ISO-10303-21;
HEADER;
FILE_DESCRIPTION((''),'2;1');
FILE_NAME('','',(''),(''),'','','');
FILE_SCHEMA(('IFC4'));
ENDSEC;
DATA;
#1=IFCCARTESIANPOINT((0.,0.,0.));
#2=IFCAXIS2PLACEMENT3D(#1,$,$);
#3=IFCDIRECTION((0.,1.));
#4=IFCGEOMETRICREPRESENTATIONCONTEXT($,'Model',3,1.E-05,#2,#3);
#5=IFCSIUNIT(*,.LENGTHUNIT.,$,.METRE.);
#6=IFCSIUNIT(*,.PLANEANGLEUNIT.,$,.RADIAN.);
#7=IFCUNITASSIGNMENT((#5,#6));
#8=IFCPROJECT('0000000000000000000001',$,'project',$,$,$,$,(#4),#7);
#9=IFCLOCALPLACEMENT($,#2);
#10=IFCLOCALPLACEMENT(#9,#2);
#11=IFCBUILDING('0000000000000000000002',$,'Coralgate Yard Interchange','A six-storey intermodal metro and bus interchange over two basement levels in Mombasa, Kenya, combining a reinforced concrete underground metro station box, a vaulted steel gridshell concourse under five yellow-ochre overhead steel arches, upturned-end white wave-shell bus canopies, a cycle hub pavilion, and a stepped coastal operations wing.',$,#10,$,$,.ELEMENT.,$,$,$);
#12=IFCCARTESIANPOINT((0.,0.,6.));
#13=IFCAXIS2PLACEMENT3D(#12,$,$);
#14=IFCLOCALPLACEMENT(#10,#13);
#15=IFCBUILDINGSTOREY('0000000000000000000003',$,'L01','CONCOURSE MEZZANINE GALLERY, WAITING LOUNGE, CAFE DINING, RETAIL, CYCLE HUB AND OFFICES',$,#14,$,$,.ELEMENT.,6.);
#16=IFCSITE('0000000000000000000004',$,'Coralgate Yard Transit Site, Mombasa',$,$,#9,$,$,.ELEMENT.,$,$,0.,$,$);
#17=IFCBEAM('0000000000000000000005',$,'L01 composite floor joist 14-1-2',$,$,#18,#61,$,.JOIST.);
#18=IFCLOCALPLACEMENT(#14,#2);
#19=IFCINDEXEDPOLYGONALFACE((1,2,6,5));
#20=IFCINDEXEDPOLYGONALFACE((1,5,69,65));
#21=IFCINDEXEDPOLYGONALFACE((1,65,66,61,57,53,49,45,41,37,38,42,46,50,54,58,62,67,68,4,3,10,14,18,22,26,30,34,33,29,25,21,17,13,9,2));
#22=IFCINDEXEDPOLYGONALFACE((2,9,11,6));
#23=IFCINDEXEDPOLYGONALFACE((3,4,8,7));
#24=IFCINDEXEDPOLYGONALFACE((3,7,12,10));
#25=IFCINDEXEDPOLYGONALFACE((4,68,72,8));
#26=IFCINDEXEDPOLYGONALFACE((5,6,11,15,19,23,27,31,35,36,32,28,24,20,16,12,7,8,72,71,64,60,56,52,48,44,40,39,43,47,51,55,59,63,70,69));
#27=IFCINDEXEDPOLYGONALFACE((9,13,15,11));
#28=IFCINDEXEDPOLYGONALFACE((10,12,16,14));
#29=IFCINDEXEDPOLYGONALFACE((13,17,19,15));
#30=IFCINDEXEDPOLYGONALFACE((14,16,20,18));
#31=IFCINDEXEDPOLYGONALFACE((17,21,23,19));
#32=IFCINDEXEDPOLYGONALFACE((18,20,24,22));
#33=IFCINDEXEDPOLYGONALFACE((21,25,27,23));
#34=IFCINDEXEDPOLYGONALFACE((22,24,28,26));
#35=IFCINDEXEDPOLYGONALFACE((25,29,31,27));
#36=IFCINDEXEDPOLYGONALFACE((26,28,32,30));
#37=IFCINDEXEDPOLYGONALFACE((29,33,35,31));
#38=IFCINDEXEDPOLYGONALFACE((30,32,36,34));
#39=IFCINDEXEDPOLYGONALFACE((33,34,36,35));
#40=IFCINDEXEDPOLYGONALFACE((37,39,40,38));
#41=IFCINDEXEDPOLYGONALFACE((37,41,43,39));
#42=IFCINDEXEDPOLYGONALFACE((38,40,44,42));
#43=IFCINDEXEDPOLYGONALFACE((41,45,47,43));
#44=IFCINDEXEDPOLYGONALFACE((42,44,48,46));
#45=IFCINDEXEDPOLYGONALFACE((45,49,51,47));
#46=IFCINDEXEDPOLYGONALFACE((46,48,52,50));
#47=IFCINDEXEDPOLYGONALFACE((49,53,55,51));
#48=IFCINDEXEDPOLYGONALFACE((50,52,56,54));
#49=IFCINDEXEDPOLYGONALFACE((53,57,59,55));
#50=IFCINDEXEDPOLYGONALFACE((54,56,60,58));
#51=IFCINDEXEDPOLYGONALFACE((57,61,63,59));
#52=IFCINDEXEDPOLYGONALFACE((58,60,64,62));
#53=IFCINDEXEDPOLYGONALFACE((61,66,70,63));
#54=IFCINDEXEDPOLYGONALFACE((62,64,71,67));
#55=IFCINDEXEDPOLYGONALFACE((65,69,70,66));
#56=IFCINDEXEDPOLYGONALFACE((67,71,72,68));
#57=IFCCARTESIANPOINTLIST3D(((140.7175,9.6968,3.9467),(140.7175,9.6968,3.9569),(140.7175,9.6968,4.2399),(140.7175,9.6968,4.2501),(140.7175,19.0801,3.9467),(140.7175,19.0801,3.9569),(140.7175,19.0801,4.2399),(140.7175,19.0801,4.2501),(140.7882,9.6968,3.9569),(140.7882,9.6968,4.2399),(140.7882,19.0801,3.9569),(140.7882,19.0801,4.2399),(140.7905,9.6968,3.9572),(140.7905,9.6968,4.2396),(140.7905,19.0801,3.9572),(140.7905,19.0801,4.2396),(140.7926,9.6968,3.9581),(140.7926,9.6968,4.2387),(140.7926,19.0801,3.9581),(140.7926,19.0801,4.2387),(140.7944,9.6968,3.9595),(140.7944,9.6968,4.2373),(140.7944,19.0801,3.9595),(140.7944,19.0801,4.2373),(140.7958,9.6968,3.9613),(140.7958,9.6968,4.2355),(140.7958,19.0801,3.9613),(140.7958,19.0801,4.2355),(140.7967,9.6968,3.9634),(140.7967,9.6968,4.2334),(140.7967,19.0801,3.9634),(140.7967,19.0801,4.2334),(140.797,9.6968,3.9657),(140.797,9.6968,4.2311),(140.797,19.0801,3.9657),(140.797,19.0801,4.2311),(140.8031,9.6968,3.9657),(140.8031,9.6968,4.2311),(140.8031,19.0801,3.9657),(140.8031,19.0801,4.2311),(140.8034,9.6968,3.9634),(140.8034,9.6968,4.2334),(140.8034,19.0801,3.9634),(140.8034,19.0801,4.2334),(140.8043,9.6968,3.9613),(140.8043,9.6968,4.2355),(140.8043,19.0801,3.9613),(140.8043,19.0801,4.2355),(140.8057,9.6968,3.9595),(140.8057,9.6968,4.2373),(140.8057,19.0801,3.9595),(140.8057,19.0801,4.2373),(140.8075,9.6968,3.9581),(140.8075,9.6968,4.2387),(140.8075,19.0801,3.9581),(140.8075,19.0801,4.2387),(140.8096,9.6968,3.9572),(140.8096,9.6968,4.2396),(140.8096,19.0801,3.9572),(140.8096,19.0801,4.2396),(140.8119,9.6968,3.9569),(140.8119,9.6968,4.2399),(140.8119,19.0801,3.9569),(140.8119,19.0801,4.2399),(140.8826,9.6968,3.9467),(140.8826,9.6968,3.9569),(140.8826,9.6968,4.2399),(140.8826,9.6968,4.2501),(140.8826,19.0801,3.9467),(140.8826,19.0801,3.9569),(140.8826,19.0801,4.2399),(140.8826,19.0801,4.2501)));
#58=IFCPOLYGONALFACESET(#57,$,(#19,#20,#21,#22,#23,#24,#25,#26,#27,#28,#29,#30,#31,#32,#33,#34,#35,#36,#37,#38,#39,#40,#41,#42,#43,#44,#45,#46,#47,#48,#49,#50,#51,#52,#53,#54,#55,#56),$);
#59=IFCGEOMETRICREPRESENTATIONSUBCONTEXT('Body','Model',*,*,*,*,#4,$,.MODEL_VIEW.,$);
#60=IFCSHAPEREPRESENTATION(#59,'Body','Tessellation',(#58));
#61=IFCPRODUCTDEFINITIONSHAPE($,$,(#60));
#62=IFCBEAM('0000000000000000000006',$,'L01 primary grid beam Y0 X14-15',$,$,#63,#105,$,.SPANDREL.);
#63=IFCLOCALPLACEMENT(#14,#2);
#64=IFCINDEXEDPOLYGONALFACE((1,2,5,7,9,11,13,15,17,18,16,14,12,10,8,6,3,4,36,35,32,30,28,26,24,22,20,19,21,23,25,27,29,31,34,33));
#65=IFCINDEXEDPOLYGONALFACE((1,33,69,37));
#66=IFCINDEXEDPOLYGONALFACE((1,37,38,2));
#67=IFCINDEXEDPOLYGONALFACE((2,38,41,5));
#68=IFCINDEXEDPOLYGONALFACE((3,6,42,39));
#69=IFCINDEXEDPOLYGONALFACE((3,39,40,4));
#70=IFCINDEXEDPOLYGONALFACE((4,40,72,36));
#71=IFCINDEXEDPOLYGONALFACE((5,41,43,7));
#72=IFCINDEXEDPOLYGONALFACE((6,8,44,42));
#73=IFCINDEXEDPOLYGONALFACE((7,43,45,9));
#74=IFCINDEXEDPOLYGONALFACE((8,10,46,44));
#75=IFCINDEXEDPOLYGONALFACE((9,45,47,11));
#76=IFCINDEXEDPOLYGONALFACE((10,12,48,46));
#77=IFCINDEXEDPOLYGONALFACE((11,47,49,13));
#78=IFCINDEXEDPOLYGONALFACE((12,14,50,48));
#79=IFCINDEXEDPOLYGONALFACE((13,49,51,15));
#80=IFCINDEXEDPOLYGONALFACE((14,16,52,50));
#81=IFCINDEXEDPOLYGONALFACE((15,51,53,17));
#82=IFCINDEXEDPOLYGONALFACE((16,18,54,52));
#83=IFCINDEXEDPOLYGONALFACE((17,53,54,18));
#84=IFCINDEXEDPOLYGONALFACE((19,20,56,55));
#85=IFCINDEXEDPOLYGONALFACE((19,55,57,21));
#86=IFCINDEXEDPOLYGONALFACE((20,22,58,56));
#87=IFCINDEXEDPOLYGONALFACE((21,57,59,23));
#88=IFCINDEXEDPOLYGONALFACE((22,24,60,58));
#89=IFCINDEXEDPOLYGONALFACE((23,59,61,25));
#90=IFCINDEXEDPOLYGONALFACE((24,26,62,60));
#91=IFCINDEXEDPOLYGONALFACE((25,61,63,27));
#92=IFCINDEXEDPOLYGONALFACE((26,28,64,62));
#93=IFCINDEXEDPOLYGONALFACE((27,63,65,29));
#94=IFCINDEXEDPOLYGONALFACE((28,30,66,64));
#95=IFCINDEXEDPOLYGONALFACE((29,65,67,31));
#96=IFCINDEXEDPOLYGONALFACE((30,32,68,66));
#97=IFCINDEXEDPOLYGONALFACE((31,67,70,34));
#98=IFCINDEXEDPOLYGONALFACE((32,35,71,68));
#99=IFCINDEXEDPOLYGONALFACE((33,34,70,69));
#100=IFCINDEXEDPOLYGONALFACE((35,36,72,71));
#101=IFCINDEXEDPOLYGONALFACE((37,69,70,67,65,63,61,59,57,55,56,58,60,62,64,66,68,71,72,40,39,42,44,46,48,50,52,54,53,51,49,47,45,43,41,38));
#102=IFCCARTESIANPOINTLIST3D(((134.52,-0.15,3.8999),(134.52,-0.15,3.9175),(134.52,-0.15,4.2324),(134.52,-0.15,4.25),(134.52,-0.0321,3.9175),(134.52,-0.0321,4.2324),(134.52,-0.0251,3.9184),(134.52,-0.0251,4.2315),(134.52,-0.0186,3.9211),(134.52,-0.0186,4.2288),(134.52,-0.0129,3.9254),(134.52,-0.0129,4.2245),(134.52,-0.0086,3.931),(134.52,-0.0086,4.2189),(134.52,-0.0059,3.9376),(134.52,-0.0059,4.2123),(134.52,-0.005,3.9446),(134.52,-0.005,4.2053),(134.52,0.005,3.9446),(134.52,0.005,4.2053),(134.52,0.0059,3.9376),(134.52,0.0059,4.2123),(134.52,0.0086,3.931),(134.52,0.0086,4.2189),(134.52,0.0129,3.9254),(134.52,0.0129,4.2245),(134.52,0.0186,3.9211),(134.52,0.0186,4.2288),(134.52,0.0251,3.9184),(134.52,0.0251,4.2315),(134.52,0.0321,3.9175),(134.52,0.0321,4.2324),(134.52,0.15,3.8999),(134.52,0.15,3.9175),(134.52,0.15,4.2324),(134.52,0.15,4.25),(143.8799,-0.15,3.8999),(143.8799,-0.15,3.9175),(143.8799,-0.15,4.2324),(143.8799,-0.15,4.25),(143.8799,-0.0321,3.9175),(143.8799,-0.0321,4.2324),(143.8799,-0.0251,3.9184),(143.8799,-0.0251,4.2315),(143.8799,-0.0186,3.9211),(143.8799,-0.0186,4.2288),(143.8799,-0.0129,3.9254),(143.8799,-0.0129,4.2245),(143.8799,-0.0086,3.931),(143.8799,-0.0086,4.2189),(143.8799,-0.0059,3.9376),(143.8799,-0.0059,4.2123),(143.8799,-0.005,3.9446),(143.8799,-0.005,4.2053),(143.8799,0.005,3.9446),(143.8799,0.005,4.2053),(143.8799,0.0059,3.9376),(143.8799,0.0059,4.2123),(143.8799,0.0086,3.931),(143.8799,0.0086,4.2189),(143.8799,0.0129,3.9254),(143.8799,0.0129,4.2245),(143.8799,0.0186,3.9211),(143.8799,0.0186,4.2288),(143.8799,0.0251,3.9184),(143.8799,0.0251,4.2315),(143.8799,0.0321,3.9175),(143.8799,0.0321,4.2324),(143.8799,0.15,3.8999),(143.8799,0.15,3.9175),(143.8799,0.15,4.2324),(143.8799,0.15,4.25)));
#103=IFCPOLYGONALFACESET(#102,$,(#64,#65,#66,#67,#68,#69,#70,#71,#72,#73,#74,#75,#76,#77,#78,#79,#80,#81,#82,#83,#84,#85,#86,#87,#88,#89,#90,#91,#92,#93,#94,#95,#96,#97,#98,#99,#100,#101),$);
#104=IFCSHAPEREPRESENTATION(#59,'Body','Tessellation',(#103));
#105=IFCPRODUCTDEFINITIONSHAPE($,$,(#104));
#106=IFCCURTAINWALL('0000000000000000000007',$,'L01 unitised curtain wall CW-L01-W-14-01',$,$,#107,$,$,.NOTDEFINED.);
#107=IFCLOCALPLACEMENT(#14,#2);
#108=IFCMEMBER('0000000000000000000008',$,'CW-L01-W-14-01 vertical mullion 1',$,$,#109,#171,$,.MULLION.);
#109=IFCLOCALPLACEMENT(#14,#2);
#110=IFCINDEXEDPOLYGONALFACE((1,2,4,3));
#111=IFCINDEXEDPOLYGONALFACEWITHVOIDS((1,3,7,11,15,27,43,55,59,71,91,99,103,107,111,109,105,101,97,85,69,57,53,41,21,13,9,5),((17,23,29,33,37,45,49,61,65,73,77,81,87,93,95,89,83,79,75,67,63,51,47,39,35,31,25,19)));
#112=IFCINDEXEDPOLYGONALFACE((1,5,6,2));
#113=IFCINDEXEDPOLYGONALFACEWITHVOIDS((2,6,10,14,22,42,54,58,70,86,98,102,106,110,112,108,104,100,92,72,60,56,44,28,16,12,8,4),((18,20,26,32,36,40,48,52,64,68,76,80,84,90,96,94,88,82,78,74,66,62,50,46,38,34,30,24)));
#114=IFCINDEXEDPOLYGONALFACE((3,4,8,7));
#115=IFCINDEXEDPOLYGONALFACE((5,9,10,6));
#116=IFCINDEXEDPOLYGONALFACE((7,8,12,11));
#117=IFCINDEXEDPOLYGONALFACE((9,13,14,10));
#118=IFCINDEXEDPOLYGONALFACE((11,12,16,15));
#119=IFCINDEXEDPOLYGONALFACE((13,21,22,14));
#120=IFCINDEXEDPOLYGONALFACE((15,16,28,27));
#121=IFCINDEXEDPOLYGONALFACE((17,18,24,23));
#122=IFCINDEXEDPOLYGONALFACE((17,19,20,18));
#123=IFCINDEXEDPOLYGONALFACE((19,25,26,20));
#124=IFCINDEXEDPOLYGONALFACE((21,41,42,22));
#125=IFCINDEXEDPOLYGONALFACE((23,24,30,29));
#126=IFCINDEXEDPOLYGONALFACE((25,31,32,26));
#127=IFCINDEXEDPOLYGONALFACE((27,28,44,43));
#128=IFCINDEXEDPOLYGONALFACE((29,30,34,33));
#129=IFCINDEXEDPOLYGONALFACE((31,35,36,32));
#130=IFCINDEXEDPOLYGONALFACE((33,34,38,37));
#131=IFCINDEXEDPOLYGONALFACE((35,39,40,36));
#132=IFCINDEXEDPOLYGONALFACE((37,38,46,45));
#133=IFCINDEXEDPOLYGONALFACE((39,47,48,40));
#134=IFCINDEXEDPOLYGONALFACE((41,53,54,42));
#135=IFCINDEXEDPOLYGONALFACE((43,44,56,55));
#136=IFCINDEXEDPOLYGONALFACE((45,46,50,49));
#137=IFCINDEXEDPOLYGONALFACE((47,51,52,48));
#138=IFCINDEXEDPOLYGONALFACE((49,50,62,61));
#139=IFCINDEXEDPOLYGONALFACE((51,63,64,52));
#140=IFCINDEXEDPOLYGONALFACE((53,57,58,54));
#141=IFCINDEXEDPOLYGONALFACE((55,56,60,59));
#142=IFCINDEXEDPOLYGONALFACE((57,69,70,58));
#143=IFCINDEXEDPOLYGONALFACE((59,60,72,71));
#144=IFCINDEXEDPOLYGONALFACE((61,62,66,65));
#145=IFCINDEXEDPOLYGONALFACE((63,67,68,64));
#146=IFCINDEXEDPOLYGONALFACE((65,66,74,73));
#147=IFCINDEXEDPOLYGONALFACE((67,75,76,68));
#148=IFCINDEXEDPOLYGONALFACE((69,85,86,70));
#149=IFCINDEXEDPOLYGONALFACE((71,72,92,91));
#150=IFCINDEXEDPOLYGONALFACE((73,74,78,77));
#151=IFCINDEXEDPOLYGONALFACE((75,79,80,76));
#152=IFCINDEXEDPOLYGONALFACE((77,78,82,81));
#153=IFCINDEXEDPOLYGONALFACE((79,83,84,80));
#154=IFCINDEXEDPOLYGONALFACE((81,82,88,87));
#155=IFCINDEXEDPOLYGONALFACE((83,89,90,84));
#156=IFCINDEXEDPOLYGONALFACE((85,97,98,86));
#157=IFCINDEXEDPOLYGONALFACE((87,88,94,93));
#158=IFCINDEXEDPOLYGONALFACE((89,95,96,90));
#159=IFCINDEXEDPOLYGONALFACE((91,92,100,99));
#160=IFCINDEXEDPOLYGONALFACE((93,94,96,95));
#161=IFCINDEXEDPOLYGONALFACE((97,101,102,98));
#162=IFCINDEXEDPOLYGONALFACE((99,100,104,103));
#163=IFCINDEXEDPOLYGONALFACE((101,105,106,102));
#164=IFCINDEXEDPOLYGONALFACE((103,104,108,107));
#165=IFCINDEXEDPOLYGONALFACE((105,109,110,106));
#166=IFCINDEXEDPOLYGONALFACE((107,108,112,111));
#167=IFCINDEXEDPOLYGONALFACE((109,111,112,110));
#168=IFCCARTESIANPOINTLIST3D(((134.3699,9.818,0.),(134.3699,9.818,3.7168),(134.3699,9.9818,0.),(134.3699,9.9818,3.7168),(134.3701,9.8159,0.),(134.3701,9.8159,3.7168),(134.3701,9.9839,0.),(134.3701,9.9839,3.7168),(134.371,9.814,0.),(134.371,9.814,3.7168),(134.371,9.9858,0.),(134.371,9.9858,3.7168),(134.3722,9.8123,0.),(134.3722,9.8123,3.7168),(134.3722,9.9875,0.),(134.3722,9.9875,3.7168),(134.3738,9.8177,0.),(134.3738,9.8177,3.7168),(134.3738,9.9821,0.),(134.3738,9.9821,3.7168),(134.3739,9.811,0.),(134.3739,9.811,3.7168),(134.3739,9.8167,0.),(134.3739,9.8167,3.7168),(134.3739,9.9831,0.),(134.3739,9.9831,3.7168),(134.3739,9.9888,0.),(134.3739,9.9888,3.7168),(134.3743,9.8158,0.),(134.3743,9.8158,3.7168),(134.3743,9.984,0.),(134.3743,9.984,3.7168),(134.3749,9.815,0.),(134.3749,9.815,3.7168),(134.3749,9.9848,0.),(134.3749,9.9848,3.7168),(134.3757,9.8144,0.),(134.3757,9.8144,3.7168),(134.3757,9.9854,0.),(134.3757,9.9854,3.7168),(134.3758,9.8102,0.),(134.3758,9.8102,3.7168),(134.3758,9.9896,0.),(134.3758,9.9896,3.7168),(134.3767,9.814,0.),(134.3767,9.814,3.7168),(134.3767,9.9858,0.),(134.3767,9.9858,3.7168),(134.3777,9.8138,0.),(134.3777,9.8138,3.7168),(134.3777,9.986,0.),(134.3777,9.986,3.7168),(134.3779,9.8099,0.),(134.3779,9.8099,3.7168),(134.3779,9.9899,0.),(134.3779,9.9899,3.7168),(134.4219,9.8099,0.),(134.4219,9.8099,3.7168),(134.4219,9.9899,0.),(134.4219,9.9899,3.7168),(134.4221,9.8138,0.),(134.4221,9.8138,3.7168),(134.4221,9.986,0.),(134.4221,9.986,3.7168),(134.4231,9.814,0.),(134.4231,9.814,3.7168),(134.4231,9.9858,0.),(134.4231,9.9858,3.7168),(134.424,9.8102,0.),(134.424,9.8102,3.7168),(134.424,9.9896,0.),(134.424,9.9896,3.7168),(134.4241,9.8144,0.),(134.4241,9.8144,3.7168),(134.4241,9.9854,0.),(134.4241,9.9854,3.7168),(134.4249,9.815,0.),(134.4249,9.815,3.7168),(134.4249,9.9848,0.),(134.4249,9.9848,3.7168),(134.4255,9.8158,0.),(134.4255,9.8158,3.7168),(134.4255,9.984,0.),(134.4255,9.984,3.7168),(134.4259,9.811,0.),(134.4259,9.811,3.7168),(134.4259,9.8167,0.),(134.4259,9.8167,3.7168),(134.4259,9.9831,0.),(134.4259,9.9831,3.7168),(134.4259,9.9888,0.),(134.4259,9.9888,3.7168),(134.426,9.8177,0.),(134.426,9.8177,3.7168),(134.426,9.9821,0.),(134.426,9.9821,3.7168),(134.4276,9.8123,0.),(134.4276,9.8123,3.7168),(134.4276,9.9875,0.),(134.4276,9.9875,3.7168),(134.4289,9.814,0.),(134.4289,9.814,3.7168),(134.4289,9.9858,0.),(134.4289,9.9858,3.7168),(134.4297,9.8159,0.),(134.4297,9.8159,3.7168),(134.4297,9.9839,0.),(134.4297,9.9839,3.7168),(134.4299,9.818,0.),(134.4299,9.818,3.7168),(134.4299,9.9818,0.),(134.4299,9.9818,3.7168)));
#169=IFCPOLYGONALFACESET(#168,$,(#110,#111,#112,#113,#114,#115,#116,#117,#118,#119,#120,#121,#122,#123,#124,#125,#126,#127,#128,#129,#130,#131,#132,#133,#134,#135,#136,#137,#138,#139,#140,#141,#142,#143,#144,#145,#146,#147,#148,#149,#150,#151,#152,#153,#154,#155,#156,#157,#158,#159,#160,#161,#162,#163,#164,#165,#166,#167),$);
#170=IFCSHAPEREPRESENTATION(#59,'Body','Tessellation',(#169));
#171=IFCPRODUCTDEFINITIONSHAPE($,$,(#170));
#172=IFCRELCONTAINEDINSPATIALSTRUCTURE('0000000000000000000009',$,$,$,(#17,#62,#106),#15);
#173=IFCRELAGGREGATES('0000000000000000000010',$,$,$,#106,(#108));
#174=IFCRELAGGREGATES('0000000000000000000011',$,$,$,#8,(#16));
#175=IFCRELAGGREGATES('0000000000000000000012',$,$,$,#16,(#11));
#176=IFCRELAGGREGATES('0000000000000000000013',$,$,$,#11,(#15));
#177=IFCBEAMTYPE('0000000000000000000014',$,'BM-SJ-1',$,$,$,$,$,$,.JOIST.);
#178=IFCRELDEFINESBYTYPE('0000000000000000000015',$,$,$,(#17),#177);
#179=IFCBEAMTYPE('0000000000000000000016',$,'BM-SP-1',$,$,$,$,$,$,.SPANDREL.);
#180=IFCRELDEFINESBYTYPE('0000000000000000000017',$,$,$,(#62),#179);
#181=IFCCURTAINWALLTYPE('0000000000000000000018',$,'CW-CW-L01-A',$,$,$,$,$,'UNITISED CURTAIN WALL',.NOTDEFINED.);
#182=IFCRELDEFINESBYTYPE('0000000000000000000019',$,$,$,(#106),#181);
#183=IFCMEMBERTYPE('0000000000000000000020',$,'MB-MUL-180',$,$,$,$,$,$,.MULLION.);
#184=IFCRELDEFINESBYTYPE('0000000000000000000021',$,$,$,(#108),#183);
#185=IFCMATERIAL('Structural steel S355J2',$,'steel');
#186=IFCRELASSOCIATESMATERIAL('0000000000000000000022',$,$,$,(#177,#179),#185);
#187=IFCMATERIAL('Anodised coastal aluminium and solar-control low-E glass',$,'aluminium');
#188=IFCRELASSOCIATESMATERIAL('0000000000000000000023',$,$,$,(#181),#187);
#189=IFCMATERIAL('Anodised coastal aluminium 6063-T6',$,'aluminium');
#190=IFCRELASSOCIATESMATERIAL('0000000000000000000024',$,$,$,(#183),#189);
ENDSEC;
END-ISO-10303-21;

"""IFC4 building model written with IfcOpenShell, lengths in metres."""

from ifc_helpers import new_model, si_unit, direction, frame, origin, origin_2d, place, context, subcontext, project, spatial, hollow_rectangle, i_section, extrude, material, material_profile, profile_set, type_object, element, aggregate, save


model = new_model("IFC4")

# Units and contexts
model_context = context("Model", 3, precision=1e-05, world=origin(), true_north=direction((0.0, 1.0)))
body_context = subcontext(model_context, "Body", "Model", "MODEL_VIEW")
ifc_project = project(units=[si_unit("LENGTHUNIT", "METRE"), si_unit("PLANEANGLEUNIT", "RADIAN")], contexts=[model_context])

# Site, building, storey
site_placement = place(None, origin())
site = spatial("IfcSite", under=ifc_project, at=site_placement, Name="Coralgate Yard Transit Site, Mombasa", CompositionType="ELEMENT", RefElevation=0.0)
building_placement = place(site_placement, origin())
building = spatial("IfcBuilding", under=site, at=building_placement, Name="Coralgate Yard Interchange", Description="A six-storey intermodal metro and bus interchange over two basement levels in Mombasa, Kenya, combining a reinforced concrete underground metro station box, a vaulted steel gridshell concourse under five yellow-ochre overhead steel arches, upturned-end white wave-shell bus canopies, a cycle hub pavilion, and a stepped coastal operations wing.", CompositionType="ELEMENT")
storey_placement = place(building_placement, frame((0.0, 0.0, 6.0)))
storey = spatial("IfcBuildingStorey", under=building, at=storey_placement, Name="L01", Description="CONCOURSE MEZZANINE GALLERY, WAITING LOUNGE, CAFE DINING, RETAIL, CYCLE HUB AND OFFICES", CompositionType="ELEMENT", Elevation=6.0)

# Shared definitions
ifc_material_1 = material(Name="Structural steel S355J2", Category="steel")

# Beams
ifc_material_profile_1 = material_profile(ifc_material_1, i_section(OverallWidth=0.165, OverallDepth=0.3035, WebThickness=0.0061, FlangeThickness=0.0103, FilletRadius=0.0088, at=origin_2d()), Name="UB 305x165x40")
ifc_profile_set_1 = profile_set([ifc_material_profile_1], Name="Structural steel S355J2")
beam_type_1 = type_object("IfcBeamType", Name="BM-SJ-1", PredefinedType="JOIST", material=ifc_profile_set_1)
for number, where, z_axis, x_axis, name in (
    (1, (140.8, 9.6968, 4.0984), (0.0, 1.0, 0.0), (-1.0, 0.0, 0.0), "L01 composite floor joist 14-1-2"),
):
    element("IfcBeam", number, at=place(storey_placement, frame(where, z_axis=z_axis, x_axis=x_axis)), inside=storey, type_object=beam_type_1, Name=name, PredefinedType="JOIST", context=body_context, shape_type="SweptSolid", body=[
        extrude(i_section(OverallWidth=0.165, OverallDepth=0.3035, WebThickness=0.0061, FlangeThickness=0.0103, FilletRadius=0.0088, at=origin_2d()), origin(), (0.0, 0.0, 1.0), 9.3833),
    ])
ifc_material_profile_2 = material_profile(ifc_material_1, i_section(OverallWidth=0.3, OverallDepth=0.3501, WebThickness=0.01, FlangeThickness=0.0176, FilletRadius=0.0271, at=origin_2d()), Name="HEA 360")
ifc_profile_set_2 = profile_set([ifc_material_profile_2], Name="Structural steel S355J2")
beam_type_2 = type_object("IfcBeamType", Name="BM-SP-1", PredefinedType="SPANDREL", material=ifc_profile_set_2)
beam_1_placement = place(storey_placement, frame((134.52, 0.0, 4.075), z_axis=(1.0, 0.0, 0.0), x_axis=(0.0, 1.0, 0.0)))
element("IfcBeam", 2, at=beam_1_placement, inside=storey, type_object=beam_type_2, Name="L01 primary grid beam Y0 X14-15", PredefinedType="SPANDREL", context=body_context, shape_type="SweptSolid", body=[
    extrude(i_section(OverallWidth=0.3, OverallDepth=0.3501, WebThickness=0.01, FlangeThickness=0.0176, FilletRadius=0.0271, at=origin_2d()), origin(), (0.0, 0.0, 1.0), 9.3599),
])

# Curtain wall, member
ifc_material_2 = material(Name="Anodised coastal aluminium and solar-control low-E glass", Category="aluminium")
curtain_wall_type = type_object("IfcCurtainWallType", Name="CW-CW-L01-A", ElementType="UNITISED CURTAIN WALL", PredefinedType="NOTDEFINED", material=ifc_material_2)
curtain_wall_placement = place(storey_placement, origin())
curtain_wall = element("IfcCurtainWall", 3, at=curtain_wall_placement, inside=storey, type_object=curtain_wall_type, Name="L01 unitised curtain wall CW-L01-W-14-01", PredefinedType="NOTDEFINED")
ifc_material_3 = material(Name="Anodised coastal aluminium 6063-T6", Category="aluminium")
ifc_material_profile_3 = material_profile(ifc_material_3, hollow_rectangle(XDim=0.0601, YDim=0.1799, WallThickness=0.0039, InnerFilletRadius=0.0039, OuterFilletRadius=0.0081, at=origin_2d()), Name="ALU 60x180x4")
ifc_profile_set_3 = profile_set([ifc_material_profile_3], Name="Anodised coastal aluminium 6063-T6")
member_type_1 = type_object("IfcMemberType", Name="MB-MUL-180", PredefinedType="MULLION", material=ifc_profile_set_3)
member_1_placement = place(storey_placement, frame((134.3999, 9.8999, 0.0), z_axis=(0.0, 0.0, 1.0), x_axis=(1.0, 0.0, 0.0)))
member_1 = element("IfcMember", 4, at=member_1_placement, type_object=member_type_1, Name="CW-L01-W-14-01 vertical mullion 1", PredefinedType="MULLION", context=body_context, shape_type="SweptSolid", body=[
    extrude(hollow_rectangle(XDim=0.0601, YDim=0.1799, WallThickness=0.0039, InnerFilletRadius=0.0039, OuterFilletRadius=0.0081, at=origin_2d()), origin(), (0.0, 0.0, 1.0), 3.7168),
])
aggregate(curtain_wall, [member_1])

save(model, "model.ifc")
